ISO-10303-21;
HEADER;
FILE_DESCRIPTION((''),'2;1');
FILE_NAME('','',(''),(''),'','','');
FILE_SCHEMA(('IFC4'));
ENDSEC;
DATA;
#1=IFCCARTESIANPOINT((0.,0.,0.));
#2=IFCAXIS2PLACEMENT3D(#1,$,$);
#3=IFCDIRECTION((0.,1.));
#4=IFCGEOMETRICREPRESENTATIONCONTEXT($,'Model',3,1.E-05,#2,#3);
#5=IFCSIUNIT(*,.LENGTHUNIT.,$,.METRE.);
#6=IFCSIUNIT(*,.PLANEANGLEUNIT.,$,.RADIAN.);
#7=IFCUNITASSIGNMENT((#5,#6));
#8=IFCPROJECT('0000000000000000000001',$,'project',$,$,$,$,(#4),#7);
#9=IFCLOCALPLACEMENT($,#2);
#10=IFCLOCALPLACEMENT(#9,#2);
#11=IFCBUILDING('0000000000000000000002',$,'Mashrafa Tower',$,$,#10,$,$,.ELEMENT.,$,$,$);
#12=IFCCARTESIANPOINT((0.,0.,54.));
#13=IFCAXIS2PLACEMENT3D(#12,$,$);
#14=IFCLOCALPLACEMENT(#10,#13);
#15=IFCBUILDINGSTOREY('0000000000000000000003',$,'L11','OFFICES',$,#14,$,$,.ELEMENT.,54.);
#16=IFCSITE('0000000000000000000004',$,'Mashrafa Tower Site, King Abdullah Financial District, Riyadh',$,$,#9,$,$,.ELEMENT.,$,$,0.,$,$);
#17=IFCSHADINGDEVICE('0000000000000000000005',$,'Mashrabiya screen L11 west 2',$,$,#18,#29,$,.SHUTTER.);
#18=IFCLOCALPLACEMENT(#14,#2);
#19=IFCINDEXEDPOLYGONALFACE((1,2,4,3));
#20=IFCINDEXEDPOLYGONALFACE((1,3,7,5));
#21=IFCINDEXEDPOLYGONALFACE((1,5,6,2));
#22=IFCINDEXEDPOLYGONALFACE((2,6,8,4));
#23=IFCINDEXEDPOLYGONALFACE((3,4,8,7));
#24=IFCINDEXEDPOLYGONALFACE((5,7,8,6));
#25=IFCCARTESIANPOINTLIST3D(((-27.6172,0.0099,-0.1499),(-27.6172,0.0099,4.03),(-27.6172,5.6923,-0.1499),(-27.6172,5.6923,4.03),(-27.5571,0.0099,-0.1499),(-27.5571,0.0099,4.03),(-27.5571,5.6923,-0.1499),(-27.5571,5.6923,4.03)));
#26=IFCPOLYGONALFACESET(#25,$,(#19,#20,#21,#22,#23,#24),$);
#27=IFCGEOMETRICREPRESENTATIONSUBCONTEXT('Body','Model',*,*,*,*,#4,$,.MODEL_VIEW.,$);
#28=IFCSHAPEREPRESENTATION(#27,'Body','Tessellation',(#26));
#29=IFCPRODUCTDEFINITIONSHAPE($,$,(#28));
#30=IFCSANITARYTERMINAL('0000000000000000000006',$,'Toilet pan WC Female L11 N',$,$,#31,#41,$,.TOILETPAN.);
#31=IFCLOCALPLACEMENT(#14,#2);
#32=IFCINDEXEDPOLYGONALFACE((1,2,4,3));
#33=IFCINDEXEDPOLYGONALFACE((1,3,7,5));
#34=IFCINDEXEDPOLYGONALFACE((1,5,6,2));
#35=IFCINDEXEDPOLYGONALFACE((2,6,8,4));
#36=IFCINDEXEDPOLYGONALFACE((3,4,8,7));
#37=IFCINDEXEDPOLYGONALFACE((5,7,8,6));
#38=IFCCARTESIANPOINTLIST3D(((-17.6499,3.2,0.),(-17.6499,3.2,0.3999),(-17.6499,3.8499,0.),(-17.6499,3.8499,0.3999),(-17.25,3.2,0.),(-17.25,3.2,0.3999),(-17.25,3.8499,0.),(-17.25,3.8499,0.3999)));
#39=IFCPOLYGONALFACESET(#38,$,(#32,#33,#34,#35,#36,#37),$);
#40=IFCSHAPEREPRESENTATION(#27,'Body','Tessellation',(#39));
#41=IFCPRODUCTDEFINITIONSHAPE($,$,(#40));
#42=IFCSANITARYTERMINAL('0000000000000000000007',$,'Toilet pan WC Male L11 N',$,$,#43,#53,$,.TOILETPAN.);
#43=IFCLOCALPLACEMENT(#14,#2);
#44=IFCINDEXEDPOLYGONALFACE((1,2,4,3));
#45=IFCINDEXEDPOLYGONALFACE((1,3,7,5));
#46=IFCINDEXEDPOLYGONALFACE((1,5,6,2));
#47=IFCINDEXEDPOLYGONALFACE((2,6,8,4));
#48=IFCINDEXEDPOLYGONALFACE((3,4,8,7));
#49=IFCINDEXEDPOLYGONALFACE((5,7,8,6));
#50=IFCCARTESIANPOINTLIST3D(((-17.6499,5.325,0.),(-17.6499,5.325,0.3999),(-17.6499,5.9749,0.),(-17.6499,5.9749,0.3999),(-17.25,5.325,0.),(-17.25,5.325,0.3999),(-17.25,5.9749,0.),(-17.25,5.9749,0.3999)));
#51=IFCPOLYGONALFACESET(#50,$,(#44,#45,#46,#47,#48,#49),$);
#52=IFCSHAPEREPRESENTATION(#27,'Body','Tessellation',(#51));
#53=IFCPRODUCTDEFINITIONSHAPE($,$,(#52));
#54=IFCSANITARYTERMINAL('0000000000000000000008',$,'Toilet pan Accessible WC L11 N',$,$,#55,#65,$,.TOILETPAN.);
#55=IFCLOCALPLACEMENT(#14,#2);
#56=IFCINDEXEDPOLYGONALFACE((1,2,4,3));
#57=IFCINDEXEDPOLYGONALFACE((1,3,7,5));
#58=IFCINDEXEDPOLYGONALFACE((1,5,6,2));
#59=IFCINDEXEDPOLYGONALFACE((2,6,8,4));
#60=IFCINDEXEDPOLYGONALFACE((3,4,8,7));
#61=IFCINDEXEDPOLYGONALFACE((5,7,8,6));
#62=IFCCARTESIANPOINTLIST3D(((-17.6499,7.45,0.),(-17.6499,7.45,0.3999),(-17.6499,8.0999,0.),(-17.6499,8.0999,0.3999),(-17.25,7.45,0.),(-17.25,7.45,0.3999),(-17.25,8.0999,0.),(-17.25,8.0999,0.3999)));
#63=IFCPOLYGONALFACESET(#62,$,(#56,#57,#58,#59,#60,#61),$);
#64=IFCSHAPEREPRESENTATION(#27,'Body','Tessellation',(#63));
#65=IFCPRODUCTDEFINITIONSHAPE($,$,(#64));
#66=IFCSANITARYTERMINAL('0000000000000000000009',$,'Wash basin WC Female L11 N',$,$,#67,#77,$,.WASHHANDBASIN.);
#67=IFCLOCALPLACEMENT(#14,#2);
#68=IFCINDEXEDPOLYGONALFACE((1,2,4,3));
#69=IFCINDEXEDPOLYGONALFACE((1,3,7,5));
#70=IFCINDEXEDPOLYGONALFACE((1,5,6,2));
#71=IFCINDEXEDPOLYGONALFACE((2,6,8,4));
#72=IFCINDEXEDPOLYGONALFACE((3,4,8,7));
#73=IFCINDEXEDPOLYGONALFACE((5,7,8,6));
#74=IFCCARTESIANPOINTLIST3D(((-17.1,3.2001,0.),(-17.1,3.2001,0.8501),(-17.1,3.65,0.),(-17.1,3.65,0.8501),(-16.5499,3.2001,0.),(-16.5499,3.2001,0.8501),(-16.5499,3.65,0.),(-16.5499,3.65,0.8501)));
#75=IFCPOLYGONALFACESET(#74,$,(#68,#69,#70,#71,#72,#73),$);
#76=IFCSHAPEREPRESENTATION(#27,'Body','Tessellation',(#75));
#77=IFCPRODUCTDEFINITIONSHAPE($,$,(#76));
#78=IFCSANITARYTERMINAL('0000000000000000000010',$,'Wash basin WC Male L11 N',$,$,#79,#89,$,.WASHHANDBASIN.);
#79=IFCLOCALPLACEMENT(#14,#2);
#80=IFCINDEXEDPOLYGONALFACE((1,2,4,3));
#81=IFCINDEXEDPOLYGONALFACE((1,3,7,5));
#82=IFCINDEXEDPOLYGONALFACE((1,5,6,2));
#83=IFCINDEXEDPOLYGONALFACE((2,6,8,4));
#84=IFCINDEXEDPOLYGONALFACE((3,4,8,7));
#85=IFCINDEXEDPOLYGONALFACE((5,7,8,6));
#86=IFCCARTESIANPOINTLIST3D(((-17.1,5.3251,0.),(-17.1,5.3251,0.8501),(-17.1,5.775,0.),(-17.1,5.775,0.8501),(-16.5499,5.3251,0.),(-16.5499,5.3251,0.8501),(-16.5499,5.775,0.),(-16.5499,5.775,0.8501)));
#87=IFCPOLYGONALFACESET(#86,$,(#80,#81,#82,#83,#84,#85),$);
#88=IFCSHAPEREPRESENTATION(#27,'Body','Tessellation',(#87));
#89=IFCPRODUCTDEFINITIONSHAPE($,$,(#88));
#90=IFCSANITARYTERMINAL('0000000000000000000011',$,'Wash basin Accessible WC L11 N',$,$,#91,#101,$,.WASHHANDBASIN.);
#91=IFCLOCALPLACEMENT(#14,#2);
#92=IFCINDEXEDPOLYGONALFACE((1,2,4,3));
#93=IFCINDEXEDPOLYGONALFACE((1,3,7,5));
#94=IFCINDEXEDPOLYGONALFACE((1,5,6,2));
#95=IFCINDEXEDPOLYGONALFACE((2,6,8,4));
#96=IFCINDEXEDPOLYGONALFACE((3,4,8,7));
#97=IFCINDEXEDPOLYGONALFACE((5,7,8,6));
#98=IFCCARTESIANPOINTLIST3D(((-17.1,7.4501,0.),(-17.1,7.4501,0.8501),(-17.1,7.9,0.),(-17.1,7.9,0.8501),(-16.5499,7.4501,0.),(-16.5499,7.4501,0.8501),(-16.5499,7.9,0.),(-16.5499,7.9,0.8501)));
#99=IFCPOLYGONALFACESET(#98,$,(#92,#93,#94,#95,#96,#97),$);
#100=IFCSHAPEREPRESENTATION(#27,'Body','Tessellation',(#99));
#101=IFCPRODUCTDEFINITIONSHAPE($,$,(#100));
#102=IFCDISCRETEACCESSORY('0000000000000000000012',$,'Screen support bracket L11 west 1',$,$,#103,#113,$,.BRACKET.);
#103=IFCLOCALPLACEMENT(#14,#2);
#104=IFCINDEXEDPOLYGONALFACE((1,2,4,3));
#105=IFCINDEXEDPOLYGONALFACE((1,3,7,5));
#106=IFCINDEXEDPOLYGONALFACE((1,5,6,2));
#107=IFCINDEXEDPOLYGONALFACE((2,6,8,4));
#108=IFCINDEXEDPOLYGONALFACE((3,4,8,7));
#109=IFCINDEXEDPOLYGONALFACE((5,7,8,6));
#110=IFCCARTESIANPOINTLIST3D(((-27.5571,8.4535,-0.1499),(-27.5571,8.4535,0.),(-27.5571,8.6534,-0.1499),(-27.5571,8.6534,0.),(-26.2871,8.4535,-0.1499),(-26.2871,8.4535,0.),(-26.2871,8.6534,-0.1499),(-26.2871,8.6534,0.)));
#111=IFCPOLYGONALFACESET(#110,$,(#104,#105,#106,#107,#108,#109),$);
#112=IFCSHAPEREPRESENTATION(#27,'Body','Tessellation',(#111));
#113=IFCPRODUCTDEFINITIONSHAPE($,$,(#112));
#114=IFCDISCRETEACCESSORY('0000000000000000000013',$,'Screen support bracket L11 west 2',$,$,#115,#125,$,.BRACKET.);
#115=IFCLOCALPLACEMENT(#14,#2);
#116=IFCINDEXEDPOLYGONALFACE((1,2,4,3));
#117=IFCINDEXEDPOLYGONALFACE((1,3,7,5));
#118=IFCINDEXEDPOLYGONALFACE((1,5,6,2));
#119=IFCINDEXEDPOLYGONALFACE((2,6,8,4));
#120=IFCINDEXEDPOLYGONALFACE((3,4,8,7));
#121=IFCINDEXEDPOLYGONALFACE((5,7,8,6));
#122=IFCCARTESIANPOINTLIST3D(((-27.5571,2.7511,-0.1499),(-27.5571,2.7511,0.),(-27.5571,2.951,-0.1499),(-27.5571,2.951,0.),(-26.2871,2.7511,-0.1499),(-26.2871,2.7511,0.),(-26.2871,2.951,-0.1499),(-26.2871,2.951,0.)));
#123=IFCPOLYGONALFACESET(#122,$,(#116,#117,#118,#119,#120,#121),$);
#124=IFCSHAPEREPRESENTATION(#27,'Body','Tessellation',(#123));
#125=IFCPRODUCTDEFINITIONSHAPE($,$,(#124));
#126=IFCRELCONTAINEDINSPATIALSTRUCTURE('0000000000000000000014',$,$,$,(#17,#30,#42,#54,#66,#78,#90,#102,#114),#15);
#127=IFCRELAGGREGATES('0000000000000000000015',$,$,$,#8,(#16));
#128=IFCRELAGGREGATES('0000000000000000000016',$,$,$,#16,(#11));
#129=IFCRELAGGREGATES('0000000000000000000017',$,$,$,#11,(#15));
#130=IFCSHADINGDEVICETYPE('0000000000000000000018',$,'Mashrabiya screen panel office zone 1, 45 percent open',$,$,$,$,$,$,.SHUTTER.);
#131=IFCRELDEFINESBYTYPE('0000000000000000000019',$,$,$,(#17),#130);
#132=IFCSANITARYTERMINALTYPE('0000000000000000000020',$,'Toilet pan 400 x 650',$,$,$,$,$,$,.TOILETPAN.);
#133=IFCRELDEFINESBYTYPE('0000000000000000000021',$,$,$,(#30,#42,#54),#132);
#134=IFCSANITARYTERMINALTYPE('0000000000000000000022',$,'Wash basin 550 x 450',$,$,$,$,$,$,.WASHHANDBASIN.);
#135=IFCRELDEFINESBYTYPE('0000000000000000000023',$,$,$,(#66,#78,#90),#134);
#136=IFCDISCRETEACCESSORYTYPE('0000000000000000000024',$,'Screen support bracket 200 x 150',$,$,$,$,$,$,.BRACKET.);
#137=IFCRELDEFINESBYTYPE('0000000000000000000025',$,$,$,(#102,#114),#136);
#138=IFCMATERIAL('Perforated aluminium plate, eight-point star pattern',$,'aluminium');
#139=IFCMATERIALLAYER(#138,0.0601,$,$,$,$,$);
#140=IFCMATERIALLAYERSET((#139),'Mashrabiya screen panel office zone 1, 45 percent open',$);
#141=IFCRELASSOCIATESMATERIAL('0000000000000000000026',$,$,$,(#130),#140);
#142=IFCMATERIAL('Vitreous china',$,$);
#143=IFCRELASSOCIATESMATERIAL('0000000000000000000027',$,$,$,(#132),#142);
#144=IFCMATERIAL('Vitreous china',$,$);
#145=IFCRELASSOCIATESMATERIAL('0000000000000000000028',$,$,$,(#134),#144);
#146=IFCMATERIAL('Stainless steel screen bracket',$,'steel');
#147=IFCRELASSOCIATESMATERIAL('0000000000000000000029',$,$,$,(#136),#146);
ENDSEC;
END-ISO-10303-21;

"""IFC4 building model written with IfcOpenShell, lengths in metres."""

from ifc_helpers import new_model, si_unit, direction, frame, origin, origin_2d, place, context, subcontext, project, spatial, rectangle, extrude, source, transform, mapped, material, layer, layer_set, type_object, type_shapes, element, save


model = new_model("IFC4")

# Units and contexts
model_context = context("Model", 3, precision=1e-05, world=origin(), true_north=direction((0.0, 1.0)))
body_context = subcontext(model_context, "Body", "Model", "MODEL_VIEW")
ifc_project = project(units=[si_unit("LENGTHUNIT", "METRE"), si_unit("PLANEANGLEUNIT", "RADIAN")], contexts=[model_context])

# Site, building, storey
site_placement = place(None, origin())
site = spatial("IfcSite", under=ifc_project, at=site_placement, Name="Mashrafa Tower Site, King Abdullah Financial District, Riyadh", CompositionType="ELEMENT", RefElevation=0.0)
building_placement = place(site_placement, origin())
building = spatial("IfcBuilding", under=site, at=building_placement, Name="Mashrafa Tower", CompositionType="ELEMENT")
storey_placement = place(building_placement, frame((0.0, 0.0, 54.0)))
storey = spatial("IfcBuildingStorey", under=building, at=storey_placement, Name="L11", Description="OFFICES", CompositionType="ELEMENT", Elevation=54.0)

# Shading device
ifc_material_1 = material(Name="Perforated aluminium plate, eight-point star pattern", Category="aluminium")
ifc_layer_1 = layer(ifc_material_1, 0.0601)
ifc_layer_set_1 = layer_set([ifc_layer_1], Name="Mashrabiya screen panel office zone 1, 45 percent open")
shading_device_type = type_object("IfcShadingDeviceType", Name="Mashrabiya screen panel office zone 1, 45 percent open", PredefinedType="SHUTTER", material=ifc_layer_set_1)
shared_shape_1 = source(origin(), body_context, "Body", "SweptSolid", [
    extrude(rectangle(XDim=5.6824, YDim=0.0601, at=origin_2d()), origin(), (0.0, 0.0, 1.0), 4.1799),
])
type_shapes(shading_device_type, [shared_shape_1])
for number, where, z_axis, x_axis, name in (
    (1, (-27.5872, 2.8511, -0.1499), (0.0, 0.0, 1.0), (0.0, -1.0, 0.0), "Mashrabiya screen L11 west 2"),
):
    element("IfcShadingDevice", number, at=place(storey_placement, frame(where, z_axis=z_axis, x_axis=x_axis)), inside=storey, type_object=shading_device_type, Name=name, PredefinedType="SHUTTER", context=body_context, shape_type="MappedRepresentation", body=[
        mapped(shared_shape_1, transform((0.0, 0.0, 0.0))),
    ])

# Sanitary terminals
ifc_material_2 = material(Name="Vitreous china")
sanitary_terminal_type_1 = type_object("IfcSanitaryTerminalType", Name="Toilet pan 400 x 650", PredefinedType="TOILETPAN", material=ifc_material_2)
for number, where, z_axis, x_axis, name in (
    (2, (-17.45, 3.5249, 0.0), (0.0, 0.0, 1.0), (1.0, 0.0, 0.0), "Toilet pan WC Female L11 N"),
    (3, (-17.45, 5.6499, 0.0), (0.0, 0.0, 1.0), (1.0, 0.0, 0.0), "Toilet pan WC Male L11 N"),
    (4, (-17.45, 7.7749, 0.0), (0.0, 0.0, 1.0), (1.0, 0.0, 0.0), "Toilet pan Accessible WC L11 N"),
):
    element("IfcSanitaryTerminal", number, at=place(storey_placement, frame(where, z_axis=z_axis, x_axis=x_axis)), inside=storey, type_object=sanitary_terminal_type_1, Name=name, PredefinedType="TOILETPAN", context=body_context, shape_type="SweptSolid", body=[
        extrude(rectangle(XDim=0.3999, YDim=0.6499, at=origin_2d()), origin(), (0.0, 0.0, 1.0), 0.3999),
    ])
ifc_material_3 = material(Name="Vitreous china")
sanitary_terminal_type_2 = type_object("IfcSanitaryTerminalType", Name="Wash basin 550 x 450", PredefinedType="WASHHANDBASIN", material=ifc_material_3)
for number, where, z_axis, x_axis, name in (
    (5, (-16.825, 3.425, 0.0), (0.0, 0.0, 1.0), (1.0, 0.0, 0.0), "Wash basin WC Female L11 N"),
    (6, (-16.825, 5.55, 0.0), (0.0, 0.0, 1.0), (1.0, 0.0, 0.0), "Wash basin WC Male L11 N"),
    (7, (-16.825, 7.675, 0.0), (0.0, 0.0, 1.0), (1.0, 0.0, 0.0), "Wash basin Accessible WC L11 N"),
):
    element("IfcSanitaryTerminal", number, at=place(storey_placement, frame(where, z_axis=z_axis, x_axis=x_axis)), inside=storey, type_object=sanitary_terminal_type_2, Name=name, PredefinedType="WASHHANDBASIN", context=body_context, shape_type="SweptSolid", body=[
        extrude(rectangle(XDim=0.55, YDim=0.45, at=origin_2d()), origin(), (0.0, 0.0, 1.0), 0.8501),
    ])

# Discrete accessories
ifc_material_4 = material(Name="Stainless steel screen bracket", Category="steel")
discrete_accessory_type = type_object("IfcDiscreteAccessoryType", Name="Screen support bracket 200 x 150", PredefinedType="BRACKET", material=ifc_material_4)
shared_shape_2 = source(origin(), body_context, "Body", "SweptSolid", [
    extrude(rectangle(XDim=0.2, YDim=1.27, at=origin_2d()), origin(), (0.0, 0.0, 1.0), 0.1499),
])
type_shapes(discrete_accessory_type, [shared_shape_2])
for number, where, z_axis, x_axis, name in (
    (8, (-26.9221, 8.5535, -0.1499), (0.0, 0.0, 1.0), (0.0, -1.0, 0.0), "Screen support bracket L11 west 1"),
    (9, (-26.9221, 2.8511, -0.1499), (0.0, 0.0, 1.0), (0.0, -1.0, 0.0), "Screen support bracket L11 west 2"),
):
    element("IfcDiscreteAccessory", number, at=place(storey_placement, frame(where, z_axis=z_axis, x_axis=x_axis)), inside=storey, type_object=discrete_accessory_type, Name=name, PredefinedType="BRACKET", context=body_context, shape_type="MappedRepresentation", body=[
        mapped(shared_shape_2, transform((0.0, 0.0, 0.0))),
    ])

save(model, "model.ifc")
